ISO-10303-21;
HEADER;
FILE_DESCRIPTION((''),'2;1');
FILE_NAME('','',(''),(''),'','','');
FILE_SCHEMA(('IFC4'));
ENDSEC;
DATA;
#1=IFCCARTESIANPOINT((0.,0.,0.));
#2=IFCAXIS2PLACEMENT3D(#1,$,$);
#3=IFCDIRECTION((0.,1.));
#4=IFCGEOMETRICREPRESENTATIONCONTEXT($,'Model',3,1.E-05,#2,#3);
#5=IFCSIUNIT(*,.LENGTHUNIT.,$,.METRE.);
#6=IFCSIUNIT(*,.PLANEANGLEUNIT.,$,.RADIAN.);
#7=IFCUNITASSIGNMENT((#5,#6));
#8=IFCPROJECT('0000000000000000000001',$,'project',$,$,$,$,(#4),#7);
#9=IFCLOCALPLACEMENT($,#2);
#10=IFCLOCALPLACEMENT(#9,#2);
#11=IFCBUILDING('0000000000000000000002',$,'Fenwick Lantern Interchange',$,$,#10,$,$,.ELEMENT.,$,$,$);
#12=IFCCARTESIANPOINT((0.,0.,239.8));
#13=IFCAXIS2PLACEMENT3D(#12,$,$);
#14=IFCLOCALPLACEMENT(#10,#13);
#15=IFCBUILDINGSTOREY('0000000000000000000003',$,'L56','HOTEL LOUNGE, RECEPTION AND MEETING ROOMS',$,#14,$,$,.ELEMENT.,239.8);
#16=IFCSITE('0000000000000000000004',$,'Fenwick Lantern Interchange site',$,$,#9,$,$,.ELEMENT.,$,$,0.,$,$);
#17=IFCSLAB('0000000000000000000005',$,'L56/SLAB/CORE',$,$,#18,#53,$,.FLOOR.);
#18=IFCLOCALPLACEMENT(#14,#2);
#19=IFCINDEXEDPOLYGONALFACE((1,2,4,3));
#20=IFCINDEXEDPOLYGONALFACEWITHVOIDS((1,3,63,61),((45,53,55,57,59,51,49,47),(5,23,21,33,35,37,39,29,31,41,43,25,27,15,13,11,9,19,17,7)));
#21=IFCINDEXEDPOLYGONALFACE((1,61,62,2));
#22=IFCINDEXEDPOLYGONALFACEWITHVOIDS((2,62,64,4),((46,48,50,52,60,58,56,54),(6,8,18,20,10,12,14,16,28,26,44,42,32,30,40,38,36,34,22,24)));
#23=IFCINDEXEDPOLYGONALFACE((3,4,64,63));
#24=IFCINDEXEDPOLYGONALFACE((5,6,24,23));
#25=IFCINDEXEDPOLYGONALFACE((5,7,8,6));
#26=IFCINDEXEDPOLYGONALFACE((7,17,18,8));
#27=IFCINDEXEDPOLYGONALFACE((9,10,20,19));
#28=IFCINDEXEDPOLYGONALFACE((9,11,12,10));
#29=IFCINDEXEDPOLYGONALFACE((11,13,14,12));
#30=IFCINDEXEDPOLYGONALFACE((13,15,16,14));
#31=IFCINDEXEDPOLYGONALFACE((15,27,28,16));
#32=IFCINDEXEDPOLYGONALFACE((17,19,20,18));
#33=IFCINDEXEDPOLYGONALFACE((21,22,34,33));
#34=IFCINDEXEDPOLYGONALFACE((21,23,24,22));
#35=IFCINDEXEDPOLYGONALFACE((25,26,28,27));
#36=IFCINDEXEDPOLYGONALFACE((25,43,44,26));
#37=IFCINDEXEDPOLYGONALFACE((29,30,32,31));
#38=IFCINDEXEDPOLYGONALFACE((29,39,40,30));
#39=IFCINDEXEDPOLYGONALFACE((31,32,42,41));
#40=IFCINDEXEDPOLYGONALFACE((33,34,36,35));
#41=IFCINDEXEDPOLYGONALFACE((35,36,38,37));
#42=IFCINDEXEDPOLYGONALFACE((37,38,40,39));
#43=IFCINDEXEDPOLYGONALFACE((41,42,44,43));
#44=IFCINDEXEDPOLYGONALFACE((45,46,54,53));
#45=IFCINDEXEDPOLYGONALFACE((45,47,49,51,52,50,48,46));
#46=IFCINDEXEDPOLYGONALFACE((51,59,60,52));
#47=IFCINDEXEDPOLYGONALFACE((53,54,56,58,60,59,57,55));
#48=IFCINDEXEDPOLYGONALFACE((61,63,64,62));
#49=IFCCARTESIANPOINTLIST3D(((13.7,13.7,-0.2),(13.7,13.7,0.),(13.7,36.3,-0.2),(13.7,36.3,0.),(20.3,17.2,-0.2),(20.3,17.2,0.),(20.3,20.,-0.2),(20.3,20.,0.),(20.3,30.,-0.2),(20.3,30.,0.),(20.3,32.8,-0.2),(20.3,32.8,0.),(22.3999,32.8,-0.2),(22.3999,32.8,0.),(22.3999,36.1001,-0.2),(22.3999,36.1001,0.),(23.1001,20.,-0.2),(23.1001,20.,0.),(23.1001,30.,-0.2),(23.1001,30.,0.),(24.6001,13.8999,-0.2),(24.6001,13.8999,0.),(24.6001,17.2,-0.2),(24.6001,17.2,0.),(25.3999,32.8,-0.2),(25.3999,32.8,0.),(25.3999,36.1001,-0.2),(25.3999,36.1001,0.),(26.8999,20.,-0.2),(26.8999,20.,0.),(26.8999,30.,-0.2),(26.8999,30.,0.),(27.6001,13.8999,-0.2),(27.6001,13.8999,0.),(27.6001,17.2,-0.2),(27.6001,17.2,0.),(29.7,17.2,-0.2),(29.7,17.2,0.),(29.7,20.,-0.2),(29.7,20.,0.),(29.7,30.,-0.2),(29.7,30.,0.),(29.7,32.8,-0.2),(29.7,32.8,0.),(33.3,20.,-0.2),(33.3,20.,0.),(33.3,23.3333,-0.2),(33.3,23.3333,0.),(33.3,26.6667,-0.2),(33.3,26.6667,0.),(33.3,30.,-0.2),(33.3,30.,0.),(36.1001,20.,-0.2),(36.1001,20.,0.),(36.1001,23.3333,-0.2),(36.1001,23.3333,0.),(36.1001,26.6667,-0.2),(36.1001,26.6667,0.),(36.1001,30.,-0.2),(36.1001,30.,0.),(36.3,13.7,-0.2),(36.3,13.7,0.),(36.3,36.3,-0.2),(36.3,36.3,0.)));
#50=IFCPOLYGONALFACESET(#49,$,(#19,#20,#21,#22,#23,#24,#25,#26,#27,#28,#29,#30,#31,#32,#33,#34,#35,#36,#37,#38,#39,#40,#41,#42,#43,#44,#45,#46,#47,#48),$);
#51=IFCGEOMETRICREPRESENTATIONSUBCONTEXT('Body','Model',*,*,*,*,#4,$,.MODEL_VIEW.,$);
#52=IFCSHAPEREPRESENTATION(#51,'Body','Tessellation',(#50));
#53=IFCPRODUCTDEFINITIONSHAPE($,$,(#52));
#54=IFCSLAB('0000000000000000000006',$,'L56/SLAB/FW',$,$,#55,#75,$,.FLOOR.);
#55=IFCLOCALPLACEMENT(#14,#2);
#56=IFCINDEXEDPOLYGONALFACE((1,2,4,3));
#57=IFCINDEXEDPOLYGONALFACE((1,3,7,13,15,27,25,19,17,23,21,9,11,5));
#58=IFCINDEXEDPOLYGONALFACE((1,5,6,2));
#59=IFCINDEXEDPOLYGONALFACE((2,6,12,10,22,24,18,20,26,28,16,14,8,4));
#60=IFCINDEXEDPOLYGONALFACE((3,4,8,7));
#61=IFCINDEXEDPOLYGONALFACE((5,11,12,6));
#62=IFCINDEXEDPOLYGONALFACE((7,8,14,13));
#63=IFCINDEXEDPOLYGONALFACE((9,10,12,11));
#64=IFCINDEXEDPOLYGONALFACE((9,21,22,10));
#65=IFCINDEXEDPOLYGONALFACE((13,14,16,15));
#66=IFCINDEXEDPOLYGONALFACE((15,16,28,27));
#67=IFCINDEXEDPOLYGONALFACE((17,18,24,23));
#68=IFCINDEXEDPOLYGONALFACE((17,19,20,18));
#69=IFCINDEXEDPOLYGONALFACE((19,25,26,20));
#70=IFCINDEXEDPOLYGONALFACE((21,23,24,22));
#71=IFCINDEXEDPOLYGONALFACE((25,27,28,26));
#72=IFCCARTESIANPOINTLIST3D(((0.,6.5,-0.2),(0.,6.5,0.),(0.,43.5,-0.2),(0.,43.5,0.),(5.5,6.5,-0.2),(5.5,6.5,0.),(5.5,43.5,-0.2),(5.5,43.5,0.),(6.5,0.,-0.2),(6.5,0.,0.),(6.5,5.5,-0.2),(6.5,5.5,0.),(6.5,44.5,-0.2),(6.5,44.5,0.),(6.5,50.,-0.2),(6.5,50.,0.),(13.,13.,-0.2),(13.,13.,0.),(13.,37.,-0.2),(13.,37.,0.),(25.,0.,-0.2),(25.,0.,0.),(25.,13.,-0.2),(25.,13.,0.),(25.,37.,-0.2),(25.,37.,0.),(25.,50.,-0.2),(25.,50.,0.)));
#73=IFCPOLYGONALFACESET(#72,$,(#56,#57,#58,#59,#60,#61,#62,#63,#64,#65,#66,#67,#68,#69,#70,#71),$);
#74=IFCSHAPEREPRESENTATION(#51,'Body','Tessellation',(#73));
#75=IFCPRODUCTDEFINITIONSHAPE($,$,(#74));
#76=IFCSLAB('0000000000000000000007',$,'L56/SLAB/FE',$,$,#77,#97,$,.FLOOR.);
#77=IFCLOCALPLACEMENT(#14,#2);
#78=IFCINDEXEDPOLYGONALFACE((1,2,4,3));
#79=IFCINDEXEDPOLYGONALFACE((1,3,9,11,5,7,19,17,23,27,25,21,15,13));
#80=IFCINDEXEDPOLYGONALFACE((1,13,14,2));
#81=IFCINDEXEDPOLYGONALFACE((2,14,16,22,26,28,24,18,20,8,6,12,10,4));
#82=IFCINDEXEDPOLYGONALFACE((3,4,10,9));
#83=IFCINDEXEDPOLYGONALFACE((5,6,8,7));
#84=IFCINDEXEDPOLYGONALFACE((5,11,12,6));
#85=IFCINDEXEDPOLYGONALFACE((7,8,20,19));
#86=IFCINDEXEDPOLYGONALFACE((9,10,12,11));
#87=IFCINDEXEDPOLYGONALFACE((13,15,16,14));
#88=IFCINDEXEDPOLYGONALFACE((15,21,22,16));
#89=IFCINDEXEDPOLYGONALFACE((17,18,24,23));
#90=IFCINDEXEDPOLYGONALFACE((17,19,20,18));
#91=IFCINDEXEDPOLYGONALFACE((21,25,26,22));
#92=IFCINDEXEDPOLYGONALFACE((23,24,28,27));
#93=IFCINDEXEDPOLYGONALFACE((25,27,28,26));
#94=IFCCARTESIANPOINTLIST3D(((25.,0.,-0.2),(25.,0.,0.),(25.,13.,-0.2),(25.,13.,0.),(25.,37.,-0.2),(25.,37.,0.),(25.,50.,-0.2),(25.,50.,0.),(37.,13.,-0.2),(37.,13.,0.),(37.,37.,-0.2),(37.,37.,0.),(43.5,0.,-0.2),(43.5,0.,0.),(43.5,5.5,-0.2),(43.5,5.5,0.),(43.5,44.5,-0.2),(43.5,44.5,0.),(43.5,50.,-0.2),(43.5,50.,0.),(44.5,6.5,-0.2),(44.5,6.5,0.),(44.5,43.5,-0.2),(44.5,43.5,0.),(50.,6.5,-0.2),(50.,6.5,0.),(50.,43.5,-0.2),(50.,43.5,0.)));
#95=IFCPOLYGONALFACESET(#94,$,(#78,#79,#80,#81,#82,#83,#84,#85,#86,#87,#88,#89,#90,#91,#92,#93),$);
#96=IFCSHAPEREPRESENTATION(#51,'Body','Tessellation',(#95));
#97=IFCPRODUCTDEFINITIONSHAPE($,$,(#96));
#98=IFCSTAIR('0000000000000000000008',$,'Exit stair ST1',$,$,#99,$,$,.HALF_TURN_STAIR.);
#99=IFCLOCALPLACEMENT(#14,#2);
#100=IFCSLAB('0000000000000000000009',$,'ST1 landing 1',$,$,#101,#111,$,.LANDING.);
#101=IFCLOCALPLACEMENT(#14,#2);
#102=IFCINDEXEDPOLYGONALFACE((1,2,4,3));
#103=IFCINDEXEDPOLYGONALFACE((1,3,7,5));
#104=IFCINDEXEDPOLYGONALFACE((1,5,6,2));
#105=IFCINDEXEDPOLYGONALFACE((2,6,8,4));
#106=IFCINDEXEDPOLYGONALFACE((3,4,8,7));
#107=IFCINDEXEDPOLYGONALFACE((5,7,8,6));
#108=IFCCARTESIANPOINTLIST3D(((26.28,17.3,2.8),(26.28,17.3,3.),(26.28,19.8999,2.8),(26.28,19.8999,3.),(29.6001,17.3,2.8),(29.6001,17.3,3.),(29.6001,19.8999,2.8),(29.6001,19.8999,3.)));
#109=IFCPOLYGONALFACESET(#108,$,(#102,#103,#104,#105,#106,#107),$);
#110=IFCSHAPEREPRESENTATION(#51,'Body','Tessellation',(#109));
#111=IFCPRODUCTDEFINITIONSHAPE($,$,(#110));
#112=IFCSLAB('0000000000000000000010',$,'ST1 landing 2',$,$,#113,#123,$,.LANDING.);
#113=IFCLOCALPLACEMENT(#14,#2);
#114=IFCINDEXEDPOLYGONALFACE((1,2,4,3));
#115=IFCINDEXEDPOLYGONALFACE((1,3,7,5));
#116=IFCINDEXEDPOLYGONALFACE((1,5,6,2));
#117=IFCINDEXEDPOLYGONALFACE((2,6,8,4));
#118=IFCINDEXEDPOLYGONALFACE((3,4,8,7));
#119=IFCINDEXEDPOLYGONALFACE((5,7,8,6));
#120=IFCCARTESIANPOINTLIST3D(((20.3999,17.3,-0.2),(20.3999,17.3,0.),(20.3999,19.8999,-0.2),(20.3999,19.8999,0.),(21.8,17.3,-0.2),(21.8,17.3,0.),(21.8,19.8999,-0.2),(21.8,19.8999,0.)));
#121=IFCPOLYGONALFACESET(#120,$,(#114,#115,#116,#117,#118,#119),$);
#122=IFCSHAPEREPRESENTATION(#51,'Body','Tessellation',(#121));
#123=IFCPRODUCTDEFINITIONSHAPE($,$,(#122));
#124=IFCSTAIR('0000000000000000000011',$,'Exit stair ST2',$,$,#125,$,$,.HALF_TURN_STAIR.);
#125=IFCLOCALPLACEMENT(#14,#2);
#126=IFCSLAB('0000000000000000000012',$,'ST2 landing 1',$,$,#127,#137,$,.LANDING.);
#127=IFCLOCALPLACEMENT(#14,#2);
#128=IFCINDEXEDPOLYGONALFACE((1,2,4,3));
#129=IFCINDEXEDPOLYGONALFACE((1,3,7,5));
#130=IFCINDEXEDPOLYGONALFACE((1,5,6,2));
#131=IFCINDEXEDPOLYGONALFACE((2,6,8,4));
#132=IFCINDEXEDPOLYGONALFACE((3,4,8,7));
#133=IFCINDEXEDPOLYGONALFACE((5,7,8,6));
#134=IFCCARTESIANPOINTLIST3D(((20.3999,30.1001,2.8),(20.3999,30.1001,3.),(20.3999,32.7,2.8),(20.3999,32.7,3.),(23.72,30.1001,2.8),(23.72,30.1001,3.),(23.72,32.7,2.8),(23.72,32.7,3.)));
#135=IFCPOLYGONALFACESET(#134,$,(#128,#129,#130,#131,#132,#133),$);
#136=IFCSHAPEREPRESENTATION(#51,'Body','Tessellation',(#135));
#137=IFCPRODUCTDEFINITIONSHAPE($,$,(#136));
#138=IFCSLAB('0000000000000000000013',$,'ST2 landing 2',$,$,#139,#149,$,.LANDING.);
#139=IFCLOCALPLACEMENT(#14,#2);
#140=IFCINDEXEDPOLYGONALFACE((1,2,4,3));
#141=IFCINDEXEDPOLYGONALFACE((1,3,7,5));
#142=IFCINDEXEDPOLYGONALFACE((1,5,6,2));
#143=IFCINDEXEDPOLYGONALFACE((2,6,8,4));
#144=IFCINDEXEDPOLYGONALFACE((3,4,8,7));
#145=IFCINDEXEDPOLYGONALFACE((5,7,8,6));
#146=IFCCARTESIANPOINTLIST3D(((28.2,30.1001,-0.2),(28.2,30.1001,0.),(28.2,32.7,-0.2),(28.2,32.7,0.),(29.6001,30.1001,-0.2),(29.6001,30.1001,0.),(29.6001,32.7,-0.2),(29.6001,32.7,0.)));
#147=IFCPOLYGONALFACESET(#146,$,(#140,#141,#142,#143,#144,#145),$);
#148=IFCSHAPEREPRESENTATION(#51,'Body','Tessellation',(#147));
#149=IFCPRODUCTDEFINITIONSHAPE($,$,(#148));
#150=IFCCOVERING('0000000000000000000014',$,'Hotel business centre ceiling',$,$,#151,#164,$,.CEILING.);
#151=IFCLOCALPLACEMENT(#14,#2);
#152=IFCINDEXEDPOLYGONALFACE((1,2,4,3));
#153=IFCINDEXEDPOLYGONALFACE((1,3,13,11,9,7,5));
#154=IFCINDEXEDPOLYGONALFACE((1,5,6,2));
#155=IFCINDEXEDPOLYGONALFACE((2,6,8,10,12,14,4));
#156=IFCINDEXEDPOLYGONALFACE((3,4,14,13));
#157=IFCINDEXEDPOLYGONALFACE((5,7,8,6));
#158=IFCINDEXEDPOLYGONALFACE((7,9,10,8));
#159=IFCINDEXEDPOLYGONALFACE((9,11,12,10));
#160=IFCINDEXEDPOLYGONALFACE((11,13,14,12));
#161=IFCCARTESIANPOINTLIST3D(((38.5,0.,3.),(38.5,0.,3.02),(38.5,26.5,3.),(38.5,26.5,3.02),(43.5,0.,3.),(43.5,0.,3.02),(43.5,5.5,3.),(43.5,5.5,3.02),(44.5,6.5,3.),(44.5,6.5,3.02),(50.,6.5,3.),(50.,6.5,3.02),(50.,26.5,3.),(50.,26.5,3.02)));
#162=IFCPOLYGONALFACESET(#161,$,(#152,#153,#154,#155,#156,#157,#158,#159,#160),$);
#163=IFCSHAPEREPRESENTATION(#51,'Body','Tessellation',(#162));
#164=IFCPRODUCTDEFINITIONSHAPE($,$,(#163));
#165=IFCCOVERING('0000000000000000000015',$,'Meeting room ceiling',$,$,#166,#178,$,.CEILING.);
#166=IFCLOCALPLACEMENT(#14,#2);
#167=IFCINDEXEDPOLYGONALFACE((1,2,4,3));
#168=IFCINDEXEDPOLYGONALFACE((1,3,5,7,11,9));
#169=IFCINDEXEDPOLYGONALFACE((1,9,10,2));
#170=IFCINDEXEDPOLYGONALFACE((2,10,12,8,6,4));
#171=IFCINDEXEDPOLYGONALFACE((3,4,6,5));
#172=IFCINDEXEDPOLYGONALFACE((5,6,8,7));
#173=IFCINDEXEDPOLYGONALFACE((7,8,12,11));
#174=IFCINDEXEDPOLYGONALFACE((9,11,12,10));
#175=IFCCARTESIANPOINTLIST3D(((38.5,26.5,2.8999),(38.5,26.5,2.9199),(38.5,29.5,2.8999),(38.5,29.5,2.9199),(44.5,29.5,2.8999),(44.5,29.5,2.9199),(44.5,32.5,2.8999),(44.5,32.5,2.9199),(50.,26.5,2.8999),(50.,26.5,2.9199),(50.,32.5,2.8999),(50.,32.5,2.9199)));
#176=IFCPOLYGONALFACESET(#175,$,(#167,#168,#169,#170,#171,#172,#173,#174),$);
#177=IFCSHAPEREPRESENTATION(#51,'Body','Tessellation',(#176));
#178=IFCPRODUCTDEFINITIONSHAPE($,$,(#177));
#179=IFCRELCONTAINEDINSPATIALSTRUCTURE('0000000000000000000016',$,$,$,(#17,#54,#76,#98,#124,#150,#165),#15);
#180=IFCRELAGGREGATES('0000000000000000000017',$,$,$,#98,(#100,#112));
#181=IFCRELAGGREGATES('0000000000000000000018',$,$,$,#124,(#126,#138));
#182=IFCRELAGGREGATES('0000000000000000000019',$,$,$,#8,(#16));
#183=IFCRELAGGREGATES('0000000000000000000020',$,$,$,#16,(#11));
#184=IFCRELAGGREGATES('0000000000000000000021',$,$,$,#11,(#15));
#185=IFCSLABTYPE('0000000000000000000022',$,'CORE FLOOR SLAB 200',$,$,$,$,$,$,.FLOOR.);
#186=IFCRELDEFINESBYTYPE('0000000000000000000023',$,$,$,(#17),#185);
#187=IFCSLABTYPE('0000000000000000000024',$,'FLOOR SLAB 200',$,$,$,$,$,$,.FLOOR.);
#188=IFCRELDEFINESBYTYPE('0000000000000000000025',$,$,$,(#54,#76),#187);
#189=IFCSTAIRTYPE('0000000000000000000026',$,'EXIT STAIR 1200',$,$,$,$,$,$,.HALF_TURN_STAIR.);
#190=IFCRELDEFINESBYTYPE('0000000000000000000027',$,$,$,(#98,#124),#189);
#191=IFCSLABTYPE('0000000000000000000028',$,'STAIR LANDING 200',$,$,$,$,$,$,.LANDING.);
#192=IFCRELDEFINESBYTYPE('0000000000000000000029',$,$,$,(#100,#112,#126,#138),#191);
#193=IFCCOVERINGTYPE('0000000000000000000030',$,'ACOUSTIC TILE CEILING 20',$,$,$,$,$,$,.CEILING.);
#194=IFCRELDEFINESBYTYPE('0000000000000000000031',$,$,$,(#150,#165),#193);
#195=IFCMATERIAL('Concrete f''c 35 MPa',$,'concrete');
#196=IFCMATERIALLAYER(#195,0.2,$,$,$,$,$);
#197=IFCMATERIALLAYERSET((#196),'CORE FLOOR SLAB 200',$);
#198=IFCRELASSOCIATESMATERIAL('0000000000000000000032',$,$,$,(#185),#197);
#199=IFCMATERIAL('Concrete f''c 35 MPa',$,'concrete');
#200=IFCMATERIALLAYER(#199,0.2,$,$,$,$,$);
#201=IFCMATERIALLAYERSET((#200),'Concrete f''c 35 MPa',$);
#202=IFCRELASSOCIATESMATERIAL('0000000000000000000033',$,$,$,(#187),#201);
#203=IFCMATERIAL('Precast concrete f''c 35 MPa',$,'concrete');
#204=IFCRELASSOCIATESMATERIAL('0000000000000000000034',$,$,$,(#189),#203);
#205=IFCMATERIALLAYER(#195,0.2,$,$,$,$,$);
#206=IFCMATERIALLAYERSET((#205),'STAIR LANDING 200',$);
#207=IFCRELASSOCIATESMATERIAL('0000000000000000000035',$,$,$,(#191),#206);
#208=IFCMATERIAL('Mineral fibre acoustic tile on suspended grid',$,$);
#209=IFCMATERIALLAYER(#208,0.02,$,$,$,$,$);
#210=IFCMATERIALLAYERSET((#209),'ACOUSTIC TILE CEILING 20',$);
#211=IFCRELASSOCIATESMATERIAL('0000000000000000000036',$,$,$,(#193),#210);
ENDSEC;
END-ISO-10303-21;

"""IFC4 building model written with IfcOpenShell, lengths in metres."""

from ifc_helpers import new_model, si_unit, direction, frame, origin, place, context, subcontext, project, spatial, polyline, outline, extrude, material, layer, layer_set, type_object, element, aggregate, save


model = new_model("IFC4")

# Units and contexts
model_context = context("Model", 3, precision=1e-05, world=origin(), true_north=direction((0.0, 1.0)))
body_context = subcontext(model_context, "Body", "Model", "MODEL_VIEW")
ifc_project = project(units=[si_unit("LENGTHUNIT", "METRE"), si_unit("PLANEANGLEUNIT", "RADIAN")], contexts=[model_context])

# Site, building, storey
site_placement = place(None, origin())
site = spatial("IfcSite", under=ifc_project, at=site_placement, Name="Fenwick Lantern Interchange site", CompositionType="ELEMENT", RefElevation=0.0)
building_placement = place(site_placement, origin())
building = spatial("IfcBuilding", under=site, at=building_placement, Name="Fenwick Lantern Interchange", CompositionType="ELEMENT")
storey_placement = place(building_placement, frame((0.0, 0.0, 239.8)))
storey = spatial("IfcBuildingStorey", under=building, at=storey_placement, Name="L56", Description="HOTEL LOUNGE, RECEPTION AND MEETING ROOMS", CompositionType="ELEMENT", Elevation=239.8)

# Slabs
ifc_material_1 = material(Name="Concrete f'c 35 MPa", Category="concrete")
ifc_layer_1 = layer(ifc_material_1, 0.2)
ifc_layer_set_1 = layer_set([ifc_layer_1], Name="CORE FLOOR SLAB 200")
slab_type_1 = type_object("IfcSlabType", Name="CORE FLOOR SLAB 200", PredefinedType="FLOOR", material=ifc_layer_set_1)
slab_1_placement = place(storey_placement, frame((0.0, 0.0, -0.2)))
element("IfcSlab", 1, at=slab_1_placement, inside=storey, type_object=slab_type_1, Name="L56/SLAB/CORE", PredefinedType="FLOOR", context=body_context, shape_type="SweptSolid", body=[
    extrude(outline(polyline([(13.7, 36.3), (36.3, 36.3), (36.3, 13.7), (13.7, 13.7), (13.7, 36.3)]), holes=[polyline([(24.6001, 13.8999), (27.6001, 13.8999), (27.6001, 17.2), (29.7, 17.2), (29.7, 20.0), (26.8999, 20.0), (26.8999, 30.0), (29.7, 30.0), (29.7, 32.8), (25.3999, 32.8), (25.3999, 36.1001), (22.3999, 36.1001), (22.3999, 32.8), (20.3, 32.8), (20.3, 30.0), (23.1001, 30.0), (23.1001, 20.0), (20.3, 20.0), (20.3, 17.2), (24.6001, 17.2), (24.6001, 13.8999)]), polyline([(33.3, 20.0), (36.1001, 20.0), (36.1001, 23.3333), (36.1001, 26.6667), (36.1001, 30.0), (33.3, 30.0), (33.3, 26.6667), (33.3, 23.3333), (33.3, 20.0)])]), origin(), (0.0, 0.0, 1.0), 0.2),
])
ifc_material_2 = material(Name="Concrete f'c 35 MPa", Category="concrete")
ifc_layer_2 = layer(ifc_material_2, 0.2)
ifc_layer_set_2 = layer_set([ifc_layer_2], Name="Concrete f'c 35 MPa")
slab_type_2 = type_object("IfcSlabType", Name="FLOOR SLAB 200", PredefinedType="FLOOR", material=ifc_layer_set_2)
slab_2_placement = place(storey_placement, frame((0.0, 0.0, -0.2)))
element("IfcSlab", 2, at=slab_2_placement, inside=storey, type_object=slab_type_2, Name="L56/SLAB/FW", PredefinedType="FLOOR", context=body_context, shape_type="SweptSolid", body=[
    extrude(outline(polyline([(6.5, 0.0), (6.5, 5.5), (5.5, 6.5), (0.0, 6.5), (0.0, 43.5), (5.5, 43.5), (6.5, 44.5), (6.5, 50.0), (25.0, 50.0), (25.0, 37.0), (13.0, 37.0), (13.0, 13.0), (25.0, 13.0), (25.0, 0.0), (6.5, 0.0)])), origin(), (0.0, 0.0, 1.0), 0.2),
])
slab_3_placement = place(storey_placement, frame((0.0, 0.0, -0.2)))
element("IfcSlab", 3, at=slab_3_placement, inside=storey, type_object=slab_type_2, Name="L56/SLAB/FE", PredefinedType="FLOOR", context=body_context, shape_type="SweptSolid", body=[
    extrude(outline(polyline([(43.5, 50.0), (43.5, 44.5), (44.5, 43.5), (50.0, 43.5), (50.0, 6.5), (44.5, 6.5), (43.5, 5.5), (43.5, 0.0), (25.0, 0.0), (25.0, 13.0), (37.0, 13.0), (37.0, 37.0), (25.0, 37.0), (25.0, 50.0), (43.5, 50.0)])), origin(), (0.0, 0.0, 1.0), 0.2),
])

# Stairs, slabs
ifc_material_3 = material(Name="Precast concrete f'c 35 MPa", Category="concrete")
stair_type = type_object("IfcStairType", Name="EXIT STAIR 1200", PredefinedType="HALF_TURN_STAIR", material=ifc_material_3)
stair_1_placement = place(storey_placement, origin())
stair_1 = element("IfcStair", 4, at=stair_1_placement, inside=storey, type_object=stair_type, Name="Exit stair ST1", PredefinedType="HALF_TURN_STAIR")
ifc_layer_3 = layer(ifc_material_1, 0.2)
ifc_layer_set_3 = layer_set([ifc_layer_3], Name="STAIR LANDING 200")
slab_type_3 = type_object("IfcSlabType", Name="STAIR LANDING 200", PredefinedType="LANDING", material=ifc_layer_set_3)
slab_4_placement = place(storey_placement, frame((0.0, 0.0, 2.8)))
slab_4 = element("IfcSlab", 5, at=slab_4_placement, type_object=slab_type_3, Name="ST1 landing 1", PredefinedType="LANDING", context=body_context, shape_type="SweptSolid", body=[
    extrude(outline(polyline([(26.28, 17.3), (29.6001, 17.3), (29.6001, 19.8999), (26.28, 19.8999), (26.28, 17.3)])), origin(), (0.0, 0.0, 1.0), 0.2),
])
slab_5_placement = place(storey_placement, frame((0.0, 0.0, -0.2)))
slab_5 = element("IfcSlab", 6, at=slab_5_placement, type_object=slab_type_3, Name="ST1 landing 2", PredefinedType="LANDING", context=body_context, shape_type="SweptSolid", body=[
    extrude(outline(polyline([(20.3999, 17.3), (21.8, 17.3), (21.8, 19.8999), (20.3999, 19.8999), (20.3999, 17.3)])), origin(), (0.0, 0.0, 1.0), 0.2),
])
aggregate(stair_1, [slab_4, slab_5])
stair_2_placement = place(storey_placement, origin())
stair_2 = element("IfcStair", 7, at=stair_2_placement, inside=storey, type_object=stair_type, Name="Exit stair ST2", PredefinedType="HALF_TURN_STAIR")
slab_6_placement = place(storey_placement, frame((0.0, 0.0, 2.8)))
slab_6 = element("IfcSlab", 8, at=slab_6_placement, type_object=slab_type_3, Name="ST2 landing 1", PredefinedType="LANDING", context=body_context, shape_type="SweptSolid", body=[
    extrude(outline(polyline([(23.72, 32.7), (20.3999, 32.7), (20.3999, 30.1001), (23.72, 30.1001), (23.72, 32.7)])), origin(), (0.0, 0.0, 1.0), 0.2),
])
slab_7_placement = place(storey_placement, frame((0.0, 0.0, -0.2)))
slab_7 = element("IfcSlab", 9, at=slab_7_placement, type_object=slab_type_3, Name="ST2 landing 2", PredefinedType="LANDING", context=body_context, shape_type="SweptSolid", body=[
    extrude(outline(polyline([(29.6001, 32.7), (28.2, 32.7), (28.2, 30.1001), (29.6001, 30.1001), (29.6001, 32.7)])), origin(), (0.0, 0.0, 1.0), 0.2),
])
aggregate(stair_2, [slab_6, slab_7])

# Coverings
ifc_material_4 = material(Name="Mineral fibre acoustic tile on suspended grid")
ifc_layer_4 = layer(ifc_material_4, 0.02)
ifc_layer_set_4 = layer_set([ifc_layer_4], Name="ACOUSTIC TILE CEILING 20")
covering_type_1 = type_object("IfcCoveringType", Name="ACOUSTIC TILE CEILING 20", PredefinedType="CEILING", material=ifc_layer_set_4)
covering_1_placement = place(storey_placement, frame((0.0, 0.0, 3.0)))
element("IfcCovering", 10, at=covering_1_placement, inside=storey, type_object=covering_type_1, Name="Hotel business centre ceiling", PredefinedType="CEILING", context=body_context, shape_type="SweptSolid", body=[
    extrude(outline(polyline([(50.0, 6.5), (50.0, 26.5), (38.5, 26.5), (38.5, 0.0), (43.5, 0.0), (43.5, 5.5), (44.5, 6.5), (50.0, 6.5)])), origin(), (0.0, 0.0, 1.0), 0.02),
])
covering_2_placement = place(storey_placement, frame((0.0, 0.0, 2.8999)))
element("IfcCovering", 11, at=covering_2_placement, inside=storey, type_object=covering_type_1, Name="Meeting room ceiling", PredefinedType="CEILING", context=body_context, shape_type="SweptSolid", body=[
    extrude(outline(polyline([(44.5, 32.5), (44.5, 29.5), (38.5, 29.5), (38.5, 26.5), (50.0, 26.5), (50.0, 32.5), (44.5, 32.5)])), origin(), (0.0, 0.0, 1.0), 0.02),
])

save(model, "model.ifc")
